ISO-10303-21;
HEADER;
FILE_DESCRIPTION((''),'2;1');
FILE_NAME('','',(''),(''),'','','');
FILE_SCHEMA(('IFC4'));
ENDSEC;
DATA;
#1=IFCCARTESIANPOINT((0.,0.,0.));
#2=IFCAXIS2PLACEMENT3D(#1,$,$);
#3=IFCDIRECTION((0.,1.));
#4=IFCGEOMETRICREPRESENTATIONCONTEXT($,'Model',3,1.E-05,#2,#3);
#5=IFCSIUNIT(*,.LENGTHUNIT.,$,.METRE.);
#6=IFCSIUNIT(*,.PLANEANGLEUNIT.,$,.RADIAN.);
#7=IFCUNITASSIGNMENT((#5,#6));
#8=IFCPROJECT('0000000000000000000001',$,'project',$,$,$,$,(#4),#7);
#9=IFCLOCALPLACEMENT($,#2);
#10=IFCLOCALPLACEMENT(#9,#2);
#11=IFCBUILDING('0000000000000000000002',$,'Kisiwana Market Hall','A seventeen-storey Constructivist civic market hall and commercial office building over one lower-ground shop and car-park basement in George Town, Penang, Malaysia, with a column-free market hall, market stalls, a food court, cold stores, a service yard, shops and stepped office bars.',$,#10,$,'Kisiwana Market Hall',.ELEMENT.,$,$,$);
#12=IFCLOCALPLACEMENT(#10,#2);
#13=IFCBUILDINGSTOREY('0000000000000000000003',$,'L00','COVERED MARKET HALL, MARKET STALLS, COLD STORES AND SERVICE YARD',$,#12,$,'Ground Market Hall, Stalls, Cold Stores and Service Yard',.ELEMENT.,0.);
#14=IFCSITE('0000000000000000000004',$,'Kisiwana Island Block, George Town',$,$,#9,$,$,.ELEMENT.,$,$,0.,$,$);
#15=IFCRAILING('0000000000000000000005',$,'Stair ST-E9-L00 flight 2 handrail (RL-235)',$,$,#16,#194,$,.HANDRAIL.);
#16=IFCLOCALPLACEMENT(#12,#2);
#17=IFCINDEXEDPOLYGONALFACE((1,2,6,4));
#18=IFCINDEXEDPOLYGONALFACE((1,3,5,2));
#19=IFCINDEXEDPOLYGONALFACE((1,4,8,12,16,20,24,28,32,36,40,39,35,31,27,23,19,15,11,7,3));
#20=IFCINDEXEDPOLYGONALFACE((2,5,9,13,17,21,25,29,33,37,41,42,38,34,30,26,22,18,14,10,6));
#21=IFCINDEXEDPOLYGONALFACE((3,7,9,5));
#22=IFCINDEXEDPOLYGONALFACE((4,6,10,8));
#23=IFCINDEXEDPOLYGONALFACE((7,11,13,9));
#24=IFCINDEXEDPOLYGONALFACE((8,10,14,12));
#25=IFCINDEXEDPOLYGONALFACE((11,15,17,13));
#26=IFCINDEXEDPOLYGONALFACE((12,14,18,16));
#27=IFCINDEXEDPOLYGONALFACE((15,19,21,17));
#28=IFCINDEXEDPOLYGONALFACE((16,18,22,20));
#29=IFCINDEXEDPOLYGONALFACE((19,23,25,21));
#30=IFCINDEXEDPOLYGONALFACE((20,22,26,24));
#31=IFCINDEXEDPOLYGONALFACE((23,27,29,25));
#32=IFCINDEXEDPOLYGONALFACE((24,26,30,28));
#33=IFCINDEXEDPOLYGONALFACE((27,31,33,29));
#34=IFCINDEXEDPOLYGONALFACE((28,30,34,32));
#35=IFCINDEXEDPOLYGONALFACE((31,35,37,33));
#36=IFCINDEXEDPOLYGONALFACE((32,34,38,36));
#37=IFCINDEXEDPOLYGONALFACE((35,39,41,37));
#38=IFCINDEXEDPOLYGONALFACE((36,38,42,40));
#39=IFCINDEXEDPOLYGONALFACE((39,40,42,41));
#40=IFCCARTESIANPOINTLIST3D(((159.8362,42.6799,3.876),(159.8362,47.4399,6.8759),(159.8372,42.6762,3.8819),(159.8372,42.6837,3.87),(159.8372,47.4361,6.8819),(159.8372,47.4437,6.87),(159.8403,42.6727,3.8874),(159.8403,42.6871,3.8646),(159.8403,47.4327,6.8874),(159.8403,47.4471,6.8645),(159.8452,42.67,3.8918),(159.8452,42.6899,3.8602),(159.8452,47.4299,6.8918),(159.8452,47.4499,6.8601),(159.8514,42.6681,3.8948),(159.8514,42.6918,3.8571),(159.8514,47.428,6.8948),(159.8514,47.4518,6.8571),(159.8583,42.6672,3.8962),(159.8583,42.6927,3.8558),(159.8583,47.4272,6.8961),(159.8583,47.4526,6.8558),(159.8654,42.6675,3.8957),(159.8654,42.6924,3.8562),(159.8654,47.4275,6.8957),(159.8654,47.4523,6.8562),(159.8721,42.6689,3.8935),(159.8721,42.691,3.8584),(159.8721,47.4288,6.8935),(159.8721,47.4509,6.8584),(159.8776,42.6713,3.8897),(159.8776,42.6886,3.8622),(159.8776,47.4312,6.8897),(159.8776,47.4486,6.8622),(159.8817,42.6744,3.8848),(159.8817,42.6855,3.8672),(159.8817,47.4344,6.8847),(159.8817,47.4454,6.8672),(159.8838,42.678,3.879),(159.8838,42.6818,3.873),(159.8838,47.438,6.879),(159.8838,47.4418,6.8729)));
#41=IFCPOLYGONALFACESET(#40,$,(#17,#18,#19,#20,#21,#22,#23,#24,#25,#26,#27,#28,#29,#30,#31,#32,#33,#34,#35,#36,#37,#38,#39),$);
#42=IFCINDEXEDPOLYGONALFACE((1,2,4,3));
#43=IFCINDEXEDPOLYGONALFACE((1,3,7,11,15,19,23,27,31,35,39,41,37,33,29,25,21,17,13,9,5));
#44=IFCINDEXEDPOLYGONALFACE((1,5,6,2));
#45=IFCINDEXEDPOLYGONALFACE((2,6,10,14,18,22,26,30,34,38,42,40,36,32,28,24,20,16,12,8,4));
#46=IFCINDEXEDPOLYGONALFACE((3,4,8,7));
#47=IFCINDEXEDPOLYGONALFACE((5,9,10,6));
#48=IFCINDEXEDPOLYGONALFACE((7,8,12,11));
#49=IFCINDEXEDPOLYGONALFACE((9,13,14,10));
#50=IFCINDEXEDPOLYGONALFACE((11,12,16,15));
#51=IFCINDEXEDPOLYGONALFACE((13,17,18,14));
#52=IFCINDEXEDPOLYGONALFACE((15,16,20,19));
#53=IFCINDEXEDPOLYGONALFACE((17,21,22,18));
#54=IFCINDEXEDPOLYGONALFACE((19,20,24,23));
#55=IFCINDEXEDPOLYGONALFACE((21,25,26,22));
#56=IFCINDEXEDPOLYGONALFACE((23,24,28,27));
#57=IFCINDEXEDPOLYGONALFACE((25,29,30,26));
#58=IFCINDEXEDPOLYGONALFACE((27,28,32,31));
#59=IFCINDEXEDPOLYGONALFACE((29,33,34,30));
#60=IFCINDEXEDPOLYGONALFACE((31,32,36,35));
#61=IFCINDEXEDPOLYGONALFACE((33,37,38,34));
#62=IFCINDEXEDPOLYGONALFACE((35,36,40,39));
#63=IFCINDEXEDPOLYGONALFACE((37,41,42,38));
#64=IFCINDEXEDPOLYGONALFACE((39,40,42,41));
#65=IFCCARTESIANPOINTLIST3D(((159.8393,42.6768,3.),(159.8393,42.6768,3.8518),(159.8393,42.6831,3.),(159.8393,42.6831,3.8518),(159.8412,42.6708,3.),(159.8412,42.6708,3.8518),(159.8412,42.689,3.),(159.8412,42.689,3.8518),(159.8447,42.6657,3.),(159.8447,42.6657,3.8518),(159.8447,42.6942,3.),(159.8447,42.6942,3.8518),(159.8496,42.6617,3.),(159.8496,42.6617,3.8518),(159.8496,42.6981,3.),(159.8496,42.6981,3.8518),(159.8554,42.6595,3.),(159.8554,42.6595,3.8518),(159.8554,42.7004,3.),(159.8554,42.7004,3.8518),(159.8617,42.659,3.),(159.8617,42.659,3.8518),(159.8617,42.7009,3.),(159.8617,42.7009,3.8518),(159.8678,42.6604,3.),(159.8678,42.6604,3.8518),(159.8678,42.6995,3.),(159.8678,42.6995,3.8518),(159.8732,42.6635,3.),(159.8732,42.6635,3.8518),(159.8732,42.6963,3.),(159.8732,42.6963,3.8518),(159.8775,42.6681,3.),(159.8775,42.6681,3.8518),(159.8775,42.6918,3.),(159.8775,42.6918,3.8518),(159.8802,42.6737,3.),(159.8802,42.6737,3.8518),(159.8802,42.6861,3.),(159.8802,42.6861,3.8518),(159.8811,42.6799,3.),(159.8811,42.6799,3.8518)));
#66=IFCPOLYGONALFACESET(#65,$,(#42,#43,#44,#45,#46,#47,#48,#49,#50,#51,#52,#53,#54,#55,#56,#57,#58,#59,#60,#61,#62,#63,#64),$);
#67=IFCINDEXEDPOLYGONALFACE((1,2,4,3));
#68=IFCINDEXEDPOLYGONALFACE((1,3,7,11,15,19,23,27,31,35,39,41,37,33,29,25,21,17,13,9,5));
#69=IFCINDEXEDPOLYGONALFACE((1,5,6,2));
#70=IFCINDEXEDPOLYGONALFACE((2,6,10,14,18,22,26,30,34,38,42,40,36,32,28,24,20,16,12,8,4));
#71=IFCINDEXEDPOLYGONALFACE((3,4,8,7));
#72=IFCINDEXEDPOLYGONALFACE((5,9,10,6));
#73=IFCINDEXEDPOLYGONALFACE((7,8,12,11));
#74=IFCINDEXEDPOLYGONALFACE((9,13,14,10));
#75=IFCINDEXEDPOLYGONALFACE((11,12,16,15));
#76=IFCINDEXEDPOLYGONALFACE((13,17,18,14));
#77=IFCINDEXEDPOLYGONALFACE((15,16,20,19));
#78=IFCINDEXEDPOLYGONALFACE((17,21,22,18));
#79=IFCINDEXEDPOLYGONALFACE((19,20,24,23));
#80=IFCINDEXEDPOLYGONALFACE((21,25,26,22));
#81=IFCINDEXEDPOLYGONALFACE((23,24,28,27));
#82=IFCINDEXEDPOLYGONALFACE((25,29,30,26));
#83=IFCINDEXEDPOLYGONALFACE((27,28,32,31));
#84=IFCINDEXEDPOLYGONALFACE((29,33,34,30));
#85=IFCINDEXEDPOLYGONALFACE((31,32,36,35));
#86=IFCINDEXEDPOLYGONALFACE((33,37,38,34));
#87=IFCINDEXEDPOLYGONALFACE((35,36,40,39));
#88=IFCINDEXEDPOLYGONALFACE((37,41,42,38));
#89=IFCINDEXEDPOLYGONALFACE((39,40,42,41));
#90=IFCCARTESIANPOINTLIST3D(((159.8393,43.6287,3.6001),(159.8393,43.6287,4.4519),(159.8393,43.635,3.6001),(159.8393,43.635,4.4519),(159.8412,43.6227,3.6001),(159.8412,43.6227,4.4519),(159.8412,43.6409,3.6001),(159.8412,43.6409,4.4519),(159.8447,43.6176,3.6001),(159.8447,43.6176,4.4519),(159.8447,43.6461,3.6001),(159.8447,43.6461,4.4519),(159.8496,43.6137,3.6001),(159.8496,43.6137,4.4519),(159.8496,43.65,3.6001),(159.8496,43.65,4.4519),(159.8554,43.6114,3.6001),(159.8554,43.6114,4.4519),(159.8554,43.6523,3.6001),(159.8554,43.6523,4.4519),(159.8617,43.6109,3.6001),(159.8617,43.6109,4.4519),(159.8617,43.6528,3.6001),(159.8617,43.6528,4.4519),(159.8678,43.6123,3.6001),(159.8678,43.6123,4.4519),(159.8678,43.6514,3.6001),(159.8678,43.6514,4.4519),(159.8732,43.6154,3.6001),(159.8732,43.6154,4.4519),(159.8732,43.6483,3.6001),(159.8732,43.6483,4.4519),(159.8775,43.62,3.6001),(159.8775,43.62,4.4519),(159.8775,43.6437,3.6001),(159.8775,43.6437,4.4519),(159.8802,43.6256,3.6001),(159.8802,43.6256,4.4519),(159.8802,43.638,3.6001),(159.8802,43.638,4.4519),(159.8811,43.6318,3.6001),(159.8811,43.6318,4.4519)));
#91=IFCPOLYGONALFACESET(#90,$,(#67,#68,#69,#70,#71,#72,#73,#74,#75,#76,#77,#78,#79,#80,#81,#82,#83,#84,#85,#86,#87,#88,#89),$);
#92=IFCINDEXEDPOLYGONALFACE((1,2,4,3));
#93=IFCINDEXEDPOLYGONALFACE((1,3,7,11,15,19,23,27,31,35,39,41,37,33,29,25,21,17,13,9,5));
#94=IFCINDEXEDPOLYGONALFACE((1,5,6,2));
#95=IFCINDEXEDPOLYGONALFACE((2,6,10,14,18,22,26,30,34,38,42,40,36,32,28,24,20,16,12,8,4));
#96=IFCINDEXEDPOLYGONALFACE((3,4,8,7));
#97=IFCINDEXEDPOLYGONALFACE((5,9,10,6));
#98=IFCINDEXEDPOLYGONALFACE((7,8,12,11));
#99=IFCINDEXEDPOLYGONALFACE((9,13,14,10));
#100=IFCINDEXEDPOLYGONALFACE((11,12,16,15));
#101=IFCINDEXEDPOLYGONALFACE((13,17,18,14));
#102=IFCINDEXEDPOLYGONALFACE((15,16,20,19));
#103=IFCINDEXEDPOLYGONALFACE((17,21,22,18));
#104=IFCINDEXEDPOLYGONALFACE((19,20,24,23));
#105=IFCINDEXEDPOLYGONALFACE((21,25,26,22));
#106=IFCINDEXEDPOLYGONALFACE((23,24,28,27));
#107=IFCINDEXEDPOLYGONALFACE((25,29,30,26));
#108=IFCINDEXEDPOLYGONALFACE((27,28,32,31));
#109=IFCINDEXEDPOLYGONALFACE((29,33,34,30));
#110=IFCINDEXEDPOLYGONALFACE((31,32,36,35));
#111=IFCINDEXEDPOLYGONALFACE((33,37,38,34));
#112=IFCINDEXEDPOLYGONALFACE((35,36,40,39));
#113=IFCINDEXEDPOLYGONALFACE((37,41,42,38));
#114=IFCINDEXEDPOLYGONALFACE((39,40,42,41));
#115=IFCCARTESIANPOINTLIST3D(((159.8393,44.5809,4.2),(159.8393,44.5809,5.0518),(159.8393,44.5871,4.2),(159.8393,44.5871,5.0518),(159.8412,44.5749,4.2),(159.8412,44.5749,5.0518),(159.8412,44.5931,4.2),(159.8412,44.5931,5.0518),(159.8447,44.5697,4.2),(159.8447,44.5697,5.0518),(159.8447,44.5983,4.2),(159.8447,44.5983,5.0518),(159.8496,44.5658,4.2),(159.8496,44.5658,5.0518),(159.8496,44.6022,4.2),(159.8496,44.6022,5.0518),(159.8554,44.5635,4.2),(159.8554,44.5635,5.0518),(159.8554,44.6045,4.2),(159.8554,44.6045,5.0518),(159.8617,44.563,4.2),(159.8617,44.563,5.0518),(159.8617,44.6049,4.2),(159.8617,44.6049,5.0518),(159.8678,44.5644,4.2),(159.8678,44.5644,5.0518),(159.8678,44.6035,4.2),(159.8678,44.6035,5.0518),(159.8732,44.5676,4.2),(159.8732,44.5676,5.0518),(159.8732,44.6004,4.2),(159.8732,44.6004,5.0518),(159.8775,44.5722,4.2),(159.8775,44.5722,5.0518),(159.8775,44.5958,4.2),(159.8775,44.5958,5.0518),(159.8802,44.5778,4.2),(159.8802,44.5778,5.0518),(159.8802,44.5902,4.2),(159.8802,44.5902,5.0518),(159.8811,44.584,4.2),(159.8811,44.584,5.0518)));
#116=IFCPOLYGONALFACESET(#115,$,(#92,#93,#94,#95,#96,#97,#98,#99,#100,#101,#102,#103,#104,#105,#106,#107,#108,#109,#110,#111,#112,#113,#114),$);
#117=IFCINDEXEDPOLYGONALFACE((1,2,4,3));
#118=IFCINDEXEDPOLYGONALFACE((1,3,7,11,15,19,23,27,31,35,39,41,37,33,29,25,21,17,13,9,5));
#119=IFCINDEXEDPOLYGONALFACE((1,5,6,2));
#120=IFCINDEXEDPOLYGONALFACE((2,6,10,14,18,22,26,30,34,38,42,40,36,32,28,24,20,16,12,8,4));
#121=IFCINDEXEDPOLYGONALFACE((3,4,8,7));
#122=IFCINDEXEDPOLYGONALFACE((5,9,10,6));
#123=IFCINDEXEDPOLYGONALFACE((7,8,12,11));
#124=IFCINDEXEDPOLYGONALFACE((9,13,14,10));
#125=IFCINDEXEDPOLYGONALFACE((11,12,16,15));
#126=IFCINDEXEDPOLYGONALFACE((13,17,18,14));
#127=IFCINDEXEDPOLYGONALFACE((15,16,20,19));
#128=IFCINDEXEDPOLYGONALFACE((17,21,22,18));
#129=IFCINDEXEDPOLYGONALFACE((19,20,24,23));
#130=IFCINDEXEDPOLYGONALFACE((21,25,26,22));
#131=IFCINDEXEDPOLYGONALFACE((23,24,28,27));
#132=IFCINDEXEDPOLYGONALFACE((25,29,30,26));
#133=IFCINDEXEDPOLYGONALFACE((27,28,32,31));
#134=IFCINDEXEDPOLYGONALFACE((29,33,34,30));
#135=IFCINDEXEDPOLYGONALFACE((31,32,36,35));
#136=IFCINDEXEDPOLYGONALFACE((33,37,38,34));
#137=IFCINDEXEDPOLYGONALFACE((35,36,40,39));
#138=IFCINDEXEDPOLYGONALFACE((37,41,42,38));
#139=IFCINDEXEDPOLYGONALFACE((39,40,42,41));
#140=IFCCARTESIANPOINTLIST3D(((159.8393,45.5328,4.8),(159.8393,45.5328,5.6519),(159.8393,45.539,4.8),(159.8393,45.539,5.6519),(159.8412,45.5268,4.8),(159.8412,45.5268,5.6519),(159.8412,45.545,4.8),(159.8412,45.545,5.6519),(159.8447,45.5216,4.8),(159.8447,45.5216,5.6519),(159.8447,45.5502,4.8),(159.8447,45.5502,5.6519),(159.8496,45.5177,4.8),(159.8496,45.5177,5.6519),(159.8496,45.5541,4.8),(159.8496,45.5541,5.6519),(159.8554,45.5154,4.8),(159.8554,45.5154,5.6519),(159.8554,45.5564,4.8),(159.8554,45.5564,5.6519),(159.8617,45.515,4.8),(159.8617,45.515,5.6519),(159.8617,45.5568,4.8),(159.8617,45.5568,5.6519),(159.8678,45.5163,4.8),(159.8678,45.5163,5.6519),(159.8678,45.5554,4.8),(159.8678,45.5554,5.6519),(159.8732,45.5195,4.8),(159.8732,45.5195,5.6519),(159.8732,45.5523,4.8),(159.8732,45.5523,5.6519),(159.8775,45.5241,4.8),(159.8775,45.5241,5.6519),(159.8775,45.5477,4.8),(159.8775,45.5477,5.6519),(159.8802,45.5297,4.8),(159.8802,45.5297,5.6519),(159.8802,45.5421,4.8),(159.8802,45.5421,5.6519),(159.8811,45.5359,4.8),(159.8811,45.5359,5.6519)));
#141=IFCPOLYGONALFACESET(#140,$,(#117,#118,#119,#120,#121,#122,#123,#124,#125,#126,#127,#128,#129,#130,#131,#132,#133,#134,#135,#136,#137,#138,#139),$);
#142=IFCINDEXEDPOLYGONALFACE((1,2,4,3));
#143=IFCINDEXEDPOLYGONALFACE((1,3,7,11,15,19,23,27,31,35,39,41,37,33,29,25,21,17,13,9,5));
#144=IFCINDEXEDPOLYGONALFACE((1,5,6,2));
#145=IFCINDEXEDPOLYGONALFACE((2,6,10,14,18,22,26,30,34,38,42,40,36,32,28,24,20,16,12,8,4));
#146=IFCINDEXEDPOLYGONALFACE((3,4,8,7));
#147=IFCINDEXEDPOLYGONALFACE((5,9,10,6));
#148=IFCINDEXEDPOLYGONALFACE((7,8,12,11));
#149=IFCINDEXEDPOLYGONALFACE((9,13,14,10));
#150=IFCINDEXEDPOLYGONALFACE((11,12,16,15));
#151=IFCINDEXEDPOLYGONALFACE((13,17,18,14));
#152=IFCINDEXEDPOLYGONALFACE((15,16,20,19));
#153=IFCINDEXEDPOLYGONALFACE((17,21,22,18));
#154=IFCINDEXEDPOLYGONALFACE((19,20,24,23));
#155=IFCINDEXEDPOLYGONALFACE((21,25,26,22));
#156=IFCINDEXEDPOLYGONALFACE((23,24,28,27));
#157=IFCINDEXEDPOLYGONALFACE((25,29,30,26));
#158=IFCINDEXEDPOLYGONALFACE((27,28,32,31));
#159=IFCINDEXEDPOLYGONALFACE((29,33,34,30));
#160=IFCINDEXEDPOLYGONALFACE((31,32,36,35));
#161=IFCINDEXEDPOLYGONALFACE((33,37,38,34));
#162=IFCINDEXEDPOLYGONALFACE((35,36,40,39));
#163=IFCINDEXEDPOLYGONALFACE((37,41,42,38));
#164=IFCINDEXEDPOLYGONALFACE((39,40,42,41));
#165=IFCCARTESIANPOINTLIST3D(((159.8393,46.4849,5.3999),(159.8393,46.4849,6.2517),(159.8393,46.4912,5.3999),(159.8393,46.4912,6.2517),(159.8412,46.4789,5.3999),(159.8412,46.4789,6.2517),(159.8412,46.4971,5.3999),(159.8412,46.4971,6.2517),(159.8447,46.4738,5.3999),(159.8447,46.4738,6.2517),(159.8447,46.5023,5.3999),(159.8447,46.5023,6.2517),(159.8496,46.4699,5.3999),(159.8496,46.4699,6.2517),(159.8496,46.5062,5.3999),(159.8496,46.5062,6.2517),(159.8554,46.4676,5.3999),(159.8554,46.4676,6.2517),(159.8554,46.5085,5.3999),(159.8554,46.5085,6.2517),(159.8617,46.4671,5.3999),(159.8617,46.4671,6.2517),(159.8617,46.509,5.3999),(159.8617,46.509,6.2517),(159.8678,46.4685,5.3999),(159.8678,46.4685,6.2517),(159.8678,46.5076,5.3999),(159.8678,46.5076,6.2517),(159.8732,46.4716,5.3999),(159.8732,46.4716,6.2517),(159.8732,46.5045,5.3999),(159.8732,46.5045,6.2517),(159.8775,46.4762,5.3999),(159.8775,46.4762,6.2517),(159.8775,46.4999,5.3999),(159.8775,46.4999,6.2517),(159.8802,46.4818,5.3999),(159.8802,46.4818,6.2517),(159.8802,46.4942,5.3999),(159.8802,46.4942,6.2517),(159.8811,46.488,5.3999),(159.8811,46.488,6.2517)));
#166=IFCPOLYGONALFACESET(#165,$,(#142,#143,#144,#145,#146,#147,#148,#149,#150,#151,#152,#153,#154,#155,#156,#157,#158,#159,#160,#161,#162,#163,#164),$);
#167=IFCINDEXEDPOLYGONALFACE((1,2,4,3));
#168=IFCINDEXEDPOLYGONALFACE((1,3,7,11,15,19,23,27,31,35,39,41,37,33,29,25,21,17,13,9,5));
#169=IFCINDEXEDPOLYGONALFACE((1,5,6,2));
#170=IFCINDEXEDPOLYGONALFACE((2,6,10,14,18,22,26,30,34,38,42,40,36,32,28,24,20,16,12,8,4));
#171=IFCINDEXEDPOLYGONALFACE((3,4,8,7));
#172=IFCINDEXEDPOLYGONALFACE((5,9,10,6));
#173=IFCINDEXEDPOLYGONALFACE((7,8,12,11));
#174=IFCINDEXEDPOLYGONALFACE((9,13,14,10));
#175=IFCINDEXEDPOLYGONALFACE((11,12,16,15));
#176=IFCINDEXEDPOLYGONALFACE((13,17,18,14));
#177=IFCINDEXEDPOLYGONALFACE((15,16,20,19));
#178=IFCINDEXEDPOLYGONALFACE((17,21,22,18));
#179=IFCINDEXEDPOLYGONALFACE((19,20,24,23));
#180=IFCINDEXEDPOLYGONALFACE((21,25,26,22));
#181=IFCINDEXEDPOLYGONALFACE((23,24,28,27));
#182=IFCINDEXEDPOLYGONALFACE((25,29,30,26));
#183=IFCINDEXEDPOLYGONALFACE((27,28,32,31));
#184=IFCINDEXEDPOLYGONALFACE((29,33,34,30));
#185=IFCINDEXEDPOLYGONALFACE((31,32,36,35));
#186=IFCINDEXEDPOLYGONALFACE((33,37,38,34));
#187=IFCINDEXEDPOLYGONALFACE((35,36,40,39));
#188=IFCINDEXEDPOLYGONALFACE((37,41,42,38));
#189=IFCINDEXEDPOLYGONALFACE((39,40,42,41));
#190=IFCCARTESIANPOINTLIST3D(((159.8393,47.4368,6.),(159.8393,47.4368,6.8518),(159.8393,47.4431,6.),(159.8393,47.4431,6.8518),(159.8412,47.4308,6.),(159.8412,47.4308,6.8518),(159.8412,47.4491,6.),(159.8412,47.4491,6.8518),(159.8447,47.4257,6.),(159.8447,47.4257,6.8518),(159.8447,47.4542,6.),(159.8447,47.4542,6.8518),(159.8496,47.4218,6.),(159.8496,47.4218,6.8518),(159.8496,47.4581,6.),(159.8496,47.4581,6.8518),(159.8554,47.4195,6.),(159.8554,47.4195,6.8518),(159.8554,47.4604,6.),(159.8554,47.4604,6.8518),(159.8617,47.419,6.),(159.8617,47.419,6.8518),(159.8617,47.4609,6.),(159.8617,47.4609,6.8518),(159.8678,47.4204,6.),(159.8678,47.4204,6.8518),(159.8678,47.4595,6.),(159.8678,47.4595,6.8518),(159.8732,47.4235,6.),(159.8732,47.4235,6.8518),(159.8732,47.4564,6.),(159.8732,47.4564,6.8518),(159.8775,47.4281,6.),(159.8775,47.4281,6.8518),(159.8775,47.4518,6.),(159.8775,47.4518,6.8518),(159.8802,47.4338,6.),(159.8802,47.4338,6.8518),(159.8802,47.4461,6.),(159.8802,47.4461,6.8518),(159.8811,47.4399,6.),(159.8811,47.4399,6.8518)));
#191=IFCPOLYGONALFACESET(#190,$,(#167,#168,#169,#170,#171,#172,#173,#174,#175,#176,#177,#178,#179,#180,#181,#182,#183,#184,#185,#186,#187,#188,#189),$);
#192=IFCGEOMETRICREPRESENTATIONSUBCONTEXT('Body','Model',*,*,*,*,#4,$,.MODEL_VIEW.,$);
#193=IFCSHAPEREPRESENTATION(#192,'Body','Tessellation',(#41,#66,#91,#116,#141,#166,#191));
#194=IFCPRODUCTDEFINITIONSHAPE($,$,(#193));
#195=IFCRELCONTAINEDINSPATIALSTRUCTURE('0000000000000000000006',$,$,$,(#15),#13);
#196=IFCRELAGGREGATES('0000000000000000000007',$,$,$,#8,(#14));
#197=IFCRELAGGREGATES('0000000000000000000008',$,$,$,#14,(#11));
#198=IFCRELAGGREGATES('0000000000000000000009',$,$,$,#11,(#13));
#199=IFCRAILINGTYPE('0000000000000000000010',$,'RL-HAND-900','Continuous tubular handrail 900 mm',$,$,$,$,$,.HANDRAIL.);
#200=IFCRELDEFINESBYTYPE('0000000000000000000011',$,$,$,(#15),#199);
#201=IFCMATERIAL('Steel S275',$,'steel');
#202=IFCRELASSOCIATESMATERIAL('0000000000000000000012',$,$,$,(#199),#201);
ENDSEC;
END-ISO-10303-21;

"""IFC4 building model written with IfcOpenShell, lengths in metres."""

from ifc_helpers import new_model, si_unit, direction, frame, origin, origin_2d, place, context, subcontext, project, spatial, circle, extrude, material, type_object, element, save


model = new_model("IFC4")

# Units and contexts
model_context = context("Model", 3, precision=1e-05, world=origin(), true_north=direction((0.0, 1.0)))
body_context = subcontext(model_context, "Body", "Model", "MODEL_VIEW")
ifc_project = project(units=[si_unit("LENGTHUNIT", "METRE"), si_unit("PLANEANGLEUNIT", "RADIAN")], contexts=[model_context])

# Site, building, storey
site_placement = place(None, origin())
site = spatial("IfcSite", under=ifc_project, at=site_placement, Name="Kisiwana Island Block, George Town", CompositionType="ELEMENT", RefElevation=0.0)
building_placement = place(site_placement, origin())
building = spatial("IfcBuilding", under=site, at=building_placement, Name="Kisiwana Market Hall", Description="A seventeen-storey Constructivist civic market hall and commercial office building over one lower-ground shop and car-park basement in George Town, Penang, Malaysia, with a column-free market hall, market stalls, a food court, cold stores, a service yard, shops and stepped office bars.", LongName="Kisiwana Market Hall", CompositionType="ELEMENT")
storey_placement = place(building_placement, origin())
storey = spatial("IfcBuildingStorey", under=building, at=storey_placement, Name="L00", Description="COVERED MARKET HALL, MARKET STALLS, COLD STORES AND SERVICE YARD", LongName="Ground Market Hall, Stalls, Cold Stores and Service Yard", CompositionType="ELEMENT", Elevation=0.0)

# Railing
ifc_material_1 = material(Name="Steel S275", Category="steel")
railing_type_1 = type_object("IfcRailingType", Name="RL-HAND-900", Description="Continuous tubular handrail 900 mm", PredefinedType="HANDRAIL", material=ifc_material_1)
railing_1_placement = place(storey_placement, frame((159.8601, 42.6799, 3.0)))
element("IfcRailing", 1, at=railing_1_placement, inside=storey, type_object=railing_type_1, Name="Stair ST-E9-L00 flight 2 handrail (RL-235)", PredefinedType="HANDRAIL", context=body_context, shape_type="SweptSolid", body=[
    extrude(circle(Radius=0.0239, at=origin_2d()), frame((0.0, 0.0, 0.876), z_axis=(0.0, 0.845996, 0.53319), x_axis=(-1.0, 0.0, 0.0)), (0.0, 0.0, 1.0), 5.6265),
    extrude(circle(Radius=0.021, at=origin_2d()), origin(), (0.0, 0.0, 1.0), 0.8518),
    extrude(circle(Radius=0.021, at=origin_2d()), frame((0.0, 0.9519, 0.6001)), (0.0, 0.0, 1.0), 0.8518),
    extrude(circle(Radius=0.021, at=origin_2d()), frame((0.0, 1.9041, 1.2)), (0.0, 0.0, 1.0), 0.8518),
    extrude(circle(Radius=0.021, at=origin_2d()), frame((0.0, 2.856, 1.8)), (0.0, 0.0, 1.0), 0.8518),
    extrude(circle(Radius=0.021, at=origin_2d()), frame((0.0, 3.8081, 2.3999)), (0.0, 0.0, 1.0), 0.8518),
    extrude(circle(Radius=0.021, at=origin_2d()), frame((0.0, 4.76, 3.0)), (0.0, 0.0, 1.0), 0.8518),
])

save(model, "model.ifc")
